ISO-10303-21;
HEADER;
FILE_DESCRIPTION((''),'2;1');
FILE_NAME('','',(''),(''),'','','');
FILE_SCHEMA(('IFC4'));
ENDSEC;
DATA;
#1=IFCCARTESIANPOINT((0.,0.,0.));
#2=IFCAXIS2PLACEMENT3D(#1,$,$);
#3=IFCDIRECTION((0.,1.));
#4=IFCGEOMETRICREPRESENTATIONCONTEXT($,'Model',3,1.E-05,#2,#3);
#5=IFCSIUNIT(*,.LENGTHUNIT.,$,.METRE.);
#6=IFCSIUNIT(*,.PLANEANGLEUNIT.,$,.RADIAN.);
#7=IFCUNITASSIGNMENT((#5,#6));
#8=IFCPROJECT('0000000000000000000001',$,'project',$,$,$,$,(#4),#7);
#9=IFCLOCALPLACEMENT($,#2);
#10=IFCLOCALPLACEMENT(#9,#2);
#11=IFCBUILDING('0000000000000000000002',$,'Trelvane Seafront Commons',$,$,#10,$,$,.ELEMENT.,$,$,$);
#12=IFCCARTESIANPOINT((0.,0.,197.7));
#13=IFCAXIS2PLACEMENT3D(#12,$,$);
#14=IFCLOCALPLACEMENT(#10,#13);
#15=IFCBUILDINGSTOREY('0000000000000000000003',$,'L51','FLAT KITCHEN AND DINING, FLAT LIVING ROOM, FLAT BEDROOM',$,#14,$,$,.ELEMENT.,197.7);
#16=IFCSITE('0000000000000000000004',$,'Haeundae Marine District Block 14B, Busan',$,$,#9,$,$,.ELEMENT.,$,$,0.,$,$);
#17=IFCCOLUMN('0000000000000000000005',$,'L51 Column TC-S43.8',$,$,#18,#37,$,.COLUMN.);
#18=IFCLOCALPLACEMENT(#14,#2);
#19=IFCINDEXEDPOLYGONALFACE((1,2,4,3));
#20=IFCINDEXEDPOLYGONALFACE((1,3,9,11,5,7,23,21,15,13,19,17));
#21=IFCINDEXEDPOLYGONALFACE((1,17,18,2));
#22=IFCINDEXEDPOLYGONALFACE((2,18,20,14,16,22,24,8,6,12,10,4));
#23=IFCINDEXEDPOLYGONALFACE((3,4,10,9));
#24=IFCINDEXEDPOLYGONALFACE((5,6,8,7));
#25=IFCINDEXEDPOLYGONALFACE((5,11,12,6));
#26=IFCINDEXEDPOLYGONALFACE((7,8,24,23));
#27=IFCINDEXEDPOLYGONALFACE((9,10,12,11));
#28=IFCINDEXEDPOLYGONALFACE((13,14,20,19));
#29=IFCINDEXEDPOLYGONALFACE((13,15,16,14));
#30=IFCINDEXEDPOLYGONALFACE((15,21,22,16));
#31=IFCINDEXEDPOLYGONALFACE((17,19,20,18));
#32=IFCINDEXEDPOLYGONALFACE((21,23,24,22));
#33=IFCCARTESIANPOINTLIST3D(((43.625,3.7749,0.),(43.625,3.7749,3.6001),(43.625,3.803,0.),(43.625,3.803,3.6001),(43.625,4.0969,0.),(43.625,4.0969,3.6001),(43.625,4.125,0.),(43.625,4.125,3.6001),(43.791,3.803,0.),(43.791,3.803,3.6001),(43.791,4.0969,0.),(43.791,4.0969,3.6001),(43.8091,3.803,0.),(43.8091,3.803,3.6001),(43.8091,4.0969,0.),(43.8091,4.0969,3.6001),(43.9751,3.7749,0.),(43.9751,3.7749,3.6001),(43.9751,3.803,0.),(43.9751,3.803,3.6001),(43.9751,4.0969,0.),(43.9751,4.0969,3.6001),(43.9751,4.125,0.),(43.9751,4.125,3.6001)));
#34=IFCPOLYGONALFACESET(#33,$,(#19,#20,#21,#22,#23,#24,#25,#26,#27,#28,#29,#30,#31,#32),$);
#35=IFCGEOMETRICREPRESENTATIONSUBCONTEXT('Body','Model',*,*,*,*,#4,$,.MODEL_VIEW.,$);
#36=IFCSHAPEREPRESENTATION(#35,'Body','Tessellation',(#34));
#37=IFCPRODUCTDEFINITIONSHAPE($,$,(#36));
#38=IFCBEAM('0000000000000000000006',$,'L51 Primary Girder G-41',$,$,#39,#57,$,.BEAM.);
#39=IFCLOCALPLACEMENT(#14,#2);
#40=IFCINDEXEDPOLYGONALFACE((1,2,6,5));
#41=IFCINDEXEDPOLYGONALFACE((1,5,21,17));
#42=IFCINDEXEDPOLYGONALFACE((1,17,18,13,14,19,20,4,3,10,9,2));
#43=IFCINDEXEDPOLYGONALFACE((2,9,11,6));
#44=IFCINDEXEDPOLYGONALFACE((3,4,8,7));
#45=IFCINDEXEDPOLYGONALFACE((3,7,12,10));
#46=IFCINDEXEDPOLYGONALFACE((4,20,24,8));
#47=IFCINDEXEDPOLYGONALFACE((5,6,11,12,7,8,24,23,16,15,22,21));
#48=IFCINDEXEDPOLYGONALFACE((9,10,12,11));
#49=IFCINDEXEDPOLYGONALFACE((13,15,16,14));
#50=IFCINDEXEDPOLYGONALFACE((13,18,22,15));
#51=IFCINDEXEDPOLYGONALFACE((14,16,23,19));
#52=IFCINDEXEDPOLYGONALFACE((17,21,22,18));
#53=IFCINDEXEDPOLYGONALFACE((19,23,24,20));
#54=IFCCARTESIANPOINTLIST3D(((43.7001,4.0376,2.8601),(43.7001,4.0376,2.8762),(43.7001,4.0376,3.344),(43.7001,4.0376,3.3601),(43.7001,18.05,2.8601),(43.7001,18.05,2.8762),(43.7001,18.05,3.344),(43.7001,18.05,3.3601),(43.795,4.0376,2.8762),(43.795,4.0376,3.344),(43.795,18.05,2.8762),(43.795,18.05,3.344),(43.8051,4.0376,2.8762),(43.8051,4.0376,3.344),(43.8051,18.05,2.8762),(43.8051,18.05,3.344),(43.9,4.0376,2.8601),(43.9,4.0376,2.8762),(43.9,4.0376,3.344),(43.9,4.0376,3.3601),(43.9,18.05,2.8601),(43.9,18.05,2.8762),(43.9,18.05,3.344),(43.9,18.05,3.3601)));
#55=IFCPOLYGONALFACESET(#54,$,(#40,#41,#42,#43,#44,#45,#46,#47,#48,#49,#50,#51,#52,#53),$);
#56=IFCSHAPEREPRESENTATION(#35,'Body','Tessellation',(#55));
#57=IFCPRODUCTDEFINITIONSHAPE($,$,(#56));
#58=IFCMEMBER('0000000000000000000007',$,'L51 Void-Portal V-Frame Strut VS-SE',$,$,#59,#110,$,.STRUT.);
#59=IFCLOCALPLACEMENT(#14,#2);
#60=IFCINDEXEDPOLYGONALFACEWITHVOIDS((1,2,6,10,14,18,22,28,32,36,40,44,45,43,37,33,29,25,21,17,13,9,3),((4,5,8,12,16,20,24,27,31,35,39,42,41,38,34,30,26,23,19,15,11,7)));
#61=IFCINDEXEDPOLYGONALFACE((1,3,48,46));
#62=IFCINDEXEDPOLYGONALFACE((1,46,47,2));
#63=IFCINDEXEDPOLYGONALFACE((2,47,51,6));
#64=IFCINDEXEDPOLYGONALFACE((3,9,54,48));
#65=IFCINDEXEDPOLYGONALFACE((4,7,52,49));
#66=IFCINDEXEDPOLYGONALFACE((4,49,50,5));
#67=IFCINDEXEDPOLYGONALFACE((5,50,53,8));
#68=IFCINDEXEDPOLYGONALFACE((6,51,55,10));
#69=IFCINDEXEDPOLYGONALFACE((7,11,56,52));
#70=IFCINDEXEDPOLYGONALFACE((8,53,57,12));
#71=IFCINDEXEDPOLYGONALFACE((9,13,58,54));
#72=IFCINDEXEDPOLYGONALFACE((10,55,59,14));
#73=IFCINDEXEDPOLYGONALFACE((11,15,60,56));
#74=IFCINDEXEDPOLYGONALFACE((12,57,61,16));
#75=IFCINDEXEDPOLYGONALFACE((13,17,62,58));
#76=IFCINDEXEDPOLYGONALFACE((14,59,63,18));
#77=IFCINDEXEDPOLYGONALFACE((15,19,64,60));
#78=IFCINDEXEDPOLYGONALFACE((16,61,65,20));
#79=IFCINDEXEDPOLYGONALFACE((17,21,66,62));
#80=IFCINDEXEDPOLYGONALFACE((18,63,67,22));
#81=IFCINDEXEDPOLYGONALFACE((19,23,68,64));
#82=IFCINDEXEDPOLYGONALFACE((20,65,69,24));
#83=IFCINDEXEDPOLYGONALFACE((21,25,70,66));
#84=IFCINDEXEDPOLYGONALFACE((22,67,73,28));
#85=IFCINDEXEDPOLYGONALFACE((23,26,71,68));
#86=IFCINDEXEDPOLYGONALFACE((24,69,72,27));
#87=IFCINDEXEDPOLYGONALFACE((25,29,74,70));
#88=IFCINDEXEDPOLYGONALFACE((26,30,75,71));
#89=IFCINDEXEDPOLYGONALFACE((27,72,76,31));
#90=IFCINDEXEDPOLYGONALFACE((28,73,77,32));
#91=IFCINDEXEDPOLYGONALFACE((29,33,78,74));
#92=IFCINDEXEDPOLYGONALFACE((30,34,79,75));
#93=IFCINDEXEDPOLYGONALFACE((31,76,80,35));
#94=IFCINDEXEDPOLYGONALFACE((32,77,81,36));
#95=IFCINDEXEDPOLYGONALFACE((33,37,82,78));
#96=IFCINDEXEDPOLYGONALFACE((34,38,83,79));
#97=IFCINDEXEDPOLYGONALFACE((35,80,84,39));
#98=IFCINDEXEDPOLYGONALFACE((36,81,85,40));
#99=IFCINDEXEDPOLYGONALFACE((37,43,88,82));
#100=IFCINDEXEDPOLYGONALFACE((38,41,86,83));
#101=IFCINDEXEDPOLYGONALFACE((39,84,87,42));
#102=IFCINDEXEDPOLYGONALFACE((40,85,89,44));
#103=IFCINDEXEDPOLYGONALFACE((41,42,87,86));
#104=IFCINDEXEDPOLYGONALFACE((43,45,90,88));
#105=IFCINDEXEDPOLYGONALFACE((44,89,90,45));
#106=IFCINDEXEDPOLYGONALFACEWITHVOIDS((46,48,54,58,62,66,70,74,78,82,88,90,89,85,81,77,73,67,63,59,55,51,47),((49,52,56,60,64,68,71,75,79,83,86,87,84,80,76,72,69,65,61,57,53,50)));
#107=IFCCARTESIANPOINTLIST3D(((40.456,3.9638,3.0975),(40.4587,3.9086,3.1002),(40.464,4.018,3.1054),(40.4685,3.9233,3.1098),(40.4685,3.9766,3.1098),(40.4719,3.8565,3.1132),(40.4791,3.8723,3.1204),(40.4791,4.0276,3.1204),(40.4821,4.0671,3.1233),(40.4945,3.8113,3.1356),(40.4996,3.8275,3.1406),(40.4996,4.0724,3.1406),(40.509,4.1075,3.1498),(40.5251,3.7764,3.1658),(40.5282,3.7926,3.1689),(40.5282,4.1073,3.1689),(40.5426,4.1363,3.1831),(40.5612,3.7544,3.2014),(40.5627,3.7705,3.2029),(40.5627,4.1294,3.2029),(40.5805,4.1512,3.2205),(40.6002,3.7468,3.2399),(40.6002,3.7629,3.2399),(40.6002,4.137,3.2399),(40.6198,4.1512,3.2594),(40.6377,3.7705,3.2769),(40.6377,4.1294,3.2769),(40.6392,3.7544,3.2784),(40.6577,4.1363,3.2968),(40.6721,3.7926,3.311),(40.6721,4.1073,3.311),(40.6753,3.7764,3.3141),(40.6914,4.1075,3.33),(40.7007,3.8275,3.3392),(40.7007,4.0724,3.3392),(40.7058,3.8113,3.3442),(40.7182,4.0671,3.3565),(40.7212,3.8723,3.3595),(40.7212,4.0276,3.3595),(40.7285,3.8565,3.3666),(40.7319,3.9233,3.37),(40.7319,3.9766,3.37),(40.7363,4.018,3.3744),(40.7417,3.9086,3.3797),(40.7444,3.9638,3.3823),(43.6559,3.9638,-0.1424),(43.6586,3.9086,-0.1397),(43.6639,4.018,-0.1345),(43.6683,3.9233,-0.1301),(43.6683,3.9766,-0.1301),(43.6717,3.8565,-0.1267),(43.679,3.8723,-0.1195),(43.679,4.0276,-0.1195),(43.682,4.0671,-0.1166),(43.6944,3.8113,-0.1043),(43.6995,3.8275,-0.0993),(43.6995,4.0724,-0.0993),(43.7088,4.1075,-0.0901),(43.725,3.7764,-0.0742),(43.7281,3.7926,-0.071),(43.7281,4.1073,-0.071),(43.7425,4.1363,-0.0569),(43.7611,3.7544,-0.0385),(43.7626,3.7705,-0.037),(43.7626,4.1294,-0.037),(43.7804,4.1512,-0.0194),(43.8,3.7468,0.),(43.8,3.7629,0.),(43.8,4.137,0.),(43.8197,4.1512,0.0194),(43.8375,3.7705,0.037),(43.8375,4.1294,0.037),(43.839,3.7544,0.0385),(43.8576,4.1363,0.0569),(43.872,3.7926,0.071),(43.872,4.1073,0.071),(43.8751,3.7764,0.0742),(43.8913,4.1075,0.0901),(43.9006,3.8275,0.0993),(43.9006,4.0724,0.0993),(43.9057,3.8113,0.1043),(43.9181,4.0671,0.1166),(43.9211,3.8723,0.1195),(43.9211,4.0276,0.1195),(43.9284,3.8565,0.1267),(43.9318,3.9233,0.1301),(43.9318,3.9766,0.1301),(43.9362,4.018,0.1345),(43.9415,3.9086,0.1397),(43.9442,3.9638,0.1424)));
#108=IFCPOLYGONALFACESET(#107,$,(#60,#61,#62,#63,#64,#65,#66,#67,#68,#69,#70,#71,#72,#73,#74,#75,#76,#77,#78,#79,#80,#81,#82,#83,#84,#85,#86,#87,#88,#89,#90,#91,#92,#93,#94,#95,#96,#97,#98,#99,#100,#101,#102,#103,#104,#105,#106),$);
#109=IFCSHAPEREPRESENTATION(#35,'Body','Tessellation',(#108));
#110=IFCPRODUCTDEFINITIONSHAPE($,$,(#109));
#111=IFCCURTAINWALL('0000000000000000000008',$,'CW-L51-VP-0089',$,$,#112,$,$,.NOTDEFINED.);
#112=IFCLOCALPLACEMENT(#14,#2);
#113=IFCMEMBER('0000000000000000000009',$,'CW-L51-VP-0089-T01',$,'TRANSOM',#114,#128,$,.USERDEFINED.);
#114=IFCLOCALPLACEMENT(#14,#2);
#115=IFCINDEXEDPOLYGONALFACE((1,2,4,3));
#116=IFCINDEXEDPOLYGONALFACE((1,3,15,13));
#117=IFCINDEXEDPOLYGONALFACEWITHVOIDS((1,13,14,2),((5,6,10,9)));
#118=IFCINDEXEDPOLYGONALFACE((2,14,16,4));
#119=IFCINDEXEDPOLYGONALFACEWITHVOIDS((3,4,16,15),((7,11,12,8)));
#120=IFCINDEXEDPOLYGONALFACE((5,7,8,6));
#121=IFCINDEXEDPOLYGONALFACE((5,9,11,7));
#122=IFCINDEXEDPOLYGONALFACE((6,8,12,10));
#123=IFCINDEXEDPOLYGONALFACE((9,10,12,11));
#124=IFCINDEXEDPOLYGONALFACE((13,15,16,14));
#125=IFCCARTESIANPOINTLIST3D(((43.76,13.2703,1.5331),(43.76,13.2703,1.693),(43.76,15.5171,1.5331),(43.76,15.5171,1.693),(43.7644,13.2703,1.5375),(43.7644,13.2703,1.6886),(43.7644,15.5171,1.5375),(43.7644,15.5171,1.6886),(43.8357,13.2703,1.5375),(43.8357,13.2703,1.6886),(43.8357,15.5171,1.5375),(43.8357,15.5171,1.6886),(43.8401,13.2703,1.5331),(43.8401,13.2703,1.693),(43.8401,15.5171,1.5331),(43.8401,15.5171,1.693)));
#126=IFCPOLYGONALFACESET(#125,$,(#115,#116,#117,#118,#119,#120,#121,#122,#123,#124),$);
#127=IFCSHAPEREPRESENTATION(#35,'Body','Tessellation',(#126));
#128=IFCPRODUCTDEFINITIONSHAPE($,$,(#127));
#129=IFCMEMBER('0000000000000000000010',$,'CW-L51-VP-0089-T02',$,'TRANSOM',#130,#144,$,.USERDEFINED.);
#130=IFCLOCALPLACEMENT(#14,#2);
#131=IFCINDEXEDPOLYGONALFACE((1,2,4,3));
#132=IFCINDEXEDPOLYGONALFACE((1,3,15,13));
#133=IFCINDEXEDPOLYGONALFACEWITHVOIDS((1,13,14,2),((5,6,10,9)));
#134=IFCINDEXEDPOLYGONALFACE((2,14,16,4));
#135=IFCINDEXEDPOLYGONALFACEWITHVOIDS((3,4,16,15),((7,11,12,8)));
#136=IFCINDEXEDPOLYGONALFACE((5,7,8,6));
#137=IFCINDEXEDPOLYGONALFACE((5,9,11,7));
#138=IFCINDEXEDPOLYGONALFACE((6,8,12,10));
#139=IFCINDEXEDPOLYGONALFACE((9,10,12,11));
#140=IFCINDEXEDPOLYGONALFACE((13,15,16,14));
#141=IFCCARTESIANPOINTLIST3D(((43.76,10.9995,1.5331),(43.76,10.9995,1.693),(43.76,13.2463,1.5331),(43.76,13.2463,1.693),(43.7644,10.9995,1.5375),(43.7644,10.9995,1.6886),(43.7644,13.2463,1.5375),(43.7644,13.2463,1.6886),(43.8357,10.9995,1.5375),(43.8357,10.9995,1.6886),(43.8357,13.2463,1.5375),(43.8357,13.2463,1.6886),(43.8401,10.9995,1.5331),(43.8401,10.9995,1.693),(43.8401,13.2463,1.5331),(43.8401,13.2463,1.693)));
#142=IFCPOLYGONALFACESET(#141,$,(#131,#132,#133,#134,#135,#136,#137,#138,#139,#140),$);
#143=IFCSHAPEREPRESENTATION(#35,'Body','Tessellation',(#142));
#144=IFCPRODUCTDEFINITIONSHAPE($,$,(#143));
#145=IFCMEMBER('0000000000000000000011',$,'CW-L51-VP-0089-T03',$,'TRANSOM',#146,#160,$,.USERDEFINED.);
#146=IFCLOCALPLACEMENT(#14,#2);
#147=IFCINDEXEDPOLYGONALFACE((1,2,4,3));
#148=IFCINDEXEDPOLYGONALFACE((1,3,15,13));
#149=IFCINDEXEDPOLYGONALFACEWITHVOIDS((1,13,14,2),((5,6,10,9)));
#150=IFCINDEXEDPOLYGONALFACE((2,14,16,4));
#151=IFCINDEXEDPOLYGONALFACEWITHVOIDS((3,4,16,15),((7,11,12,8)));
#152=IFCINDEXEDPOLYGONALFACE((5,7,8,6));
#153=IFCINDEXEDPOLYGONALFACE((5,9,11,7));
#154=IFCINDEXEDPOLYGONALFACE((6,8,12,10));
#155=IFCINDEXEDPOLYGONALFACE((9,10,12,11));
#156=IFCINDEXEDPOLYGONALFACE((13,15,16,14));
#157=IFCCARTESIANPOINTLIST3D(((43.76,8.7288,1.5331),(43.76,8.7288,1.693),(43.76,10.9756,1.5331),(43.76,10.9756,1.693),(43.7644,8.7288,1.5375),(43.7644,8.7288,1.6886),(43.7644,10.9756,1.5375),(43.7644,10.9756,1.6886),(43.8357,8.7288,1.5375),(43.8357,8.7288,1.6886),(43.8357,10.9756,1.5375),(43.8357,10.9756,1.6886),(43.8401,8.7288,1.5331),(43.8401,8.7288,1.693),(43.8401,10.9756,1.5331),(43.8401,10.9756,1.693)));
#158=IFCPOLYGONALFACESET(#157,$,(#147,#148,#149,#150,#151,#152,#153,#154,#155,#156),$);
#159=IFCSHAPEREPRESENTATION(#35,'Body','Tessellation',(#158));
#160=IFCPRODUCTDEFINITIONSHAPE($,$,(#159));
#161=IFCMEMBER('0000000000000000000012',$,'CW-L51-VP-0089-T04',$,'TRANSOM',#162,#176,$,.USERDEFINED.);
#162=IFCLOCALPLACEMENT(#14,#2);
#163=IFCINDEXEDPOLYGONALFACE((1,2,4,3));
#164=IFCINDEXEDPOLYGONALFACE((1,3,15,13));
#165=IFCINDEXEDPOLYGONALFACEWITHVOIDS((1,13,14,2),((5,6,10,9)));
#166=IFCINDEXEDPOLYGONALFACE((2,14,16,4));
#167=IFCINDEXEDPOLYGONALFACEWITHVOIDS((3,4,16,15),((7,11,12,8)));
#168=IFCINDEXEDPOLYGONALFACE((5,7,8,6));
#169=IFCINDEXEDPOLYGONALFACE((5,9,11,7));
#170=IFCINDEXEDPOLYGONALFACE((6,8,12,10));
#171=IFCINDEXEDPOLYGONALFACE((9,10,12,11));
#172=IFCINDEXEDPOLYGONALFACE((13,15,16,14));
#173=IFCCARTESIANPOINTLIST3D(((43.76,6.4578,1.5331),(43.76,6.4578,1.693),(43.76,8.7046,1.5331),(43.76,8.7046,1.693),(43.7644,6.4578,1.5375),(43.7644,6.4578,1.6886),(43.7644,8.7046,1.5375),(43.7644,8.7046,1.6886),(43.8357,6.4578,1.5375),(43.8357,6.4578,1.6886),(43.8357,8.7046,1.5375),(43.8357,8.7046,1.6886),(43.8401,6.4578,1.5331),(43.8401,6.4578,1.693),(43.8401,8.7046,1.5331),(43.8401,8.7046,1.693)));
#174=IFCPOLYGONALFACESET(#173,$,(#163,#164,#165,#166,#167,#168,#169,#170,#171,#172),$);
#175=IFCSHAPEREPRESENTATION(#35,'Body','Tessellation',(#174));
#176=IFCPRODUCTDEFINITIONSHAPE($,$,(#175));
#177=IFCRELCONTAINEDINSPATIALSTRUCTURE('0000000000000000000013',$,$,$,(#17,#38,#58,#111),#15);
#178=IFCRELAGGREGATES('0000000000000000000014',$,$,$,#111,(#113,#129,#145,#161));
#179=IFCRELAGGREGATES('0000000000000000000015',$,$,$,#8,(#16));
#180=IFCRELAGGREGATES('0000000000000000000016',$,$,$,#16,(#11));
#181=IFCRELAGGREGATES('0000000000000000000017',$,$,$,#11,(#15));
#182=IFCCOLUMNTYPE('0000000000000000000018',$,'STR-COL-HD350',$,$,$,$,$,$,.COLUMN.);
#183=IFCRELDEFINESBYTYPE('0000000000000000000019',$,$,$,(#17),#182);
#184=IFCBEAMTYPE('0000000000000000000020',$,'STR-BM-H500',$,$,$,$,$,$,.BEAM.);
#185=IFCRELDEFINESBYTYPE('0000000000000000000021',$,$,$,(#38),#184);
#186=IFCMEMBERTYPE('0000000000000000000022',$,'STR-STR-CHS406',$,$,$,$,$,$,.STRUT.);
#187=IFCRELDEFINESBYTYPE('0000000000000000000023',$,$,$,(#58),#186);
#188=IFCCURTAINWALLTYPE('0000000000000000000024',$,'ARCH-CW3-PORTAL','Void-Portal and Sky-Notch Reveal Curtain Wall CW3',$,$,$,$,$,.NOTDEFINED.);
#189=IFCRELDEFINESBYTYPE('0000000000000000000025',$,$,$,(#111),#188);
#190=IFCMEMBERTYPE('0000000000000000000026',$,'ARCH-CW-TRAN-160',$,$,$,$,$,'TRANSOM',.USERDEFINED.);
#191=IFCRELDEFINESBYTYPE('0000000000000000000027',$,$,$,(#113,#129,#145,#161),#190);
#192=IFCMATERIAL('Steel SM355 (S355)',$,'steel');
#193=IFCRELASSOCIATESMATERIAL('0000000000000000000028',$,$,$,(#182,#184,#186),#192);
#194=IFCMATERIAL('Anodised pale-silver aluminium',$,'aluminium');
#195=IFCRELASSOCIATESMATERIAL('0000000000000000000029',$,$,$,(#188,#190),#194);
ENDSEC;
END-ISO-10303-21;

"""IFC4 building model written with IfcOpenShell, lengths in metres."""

from ifc_helpers import new_model, si_unit, direction, frame, origin, origin_2d, place, context, subcontext, project, spatial, hollow_rectangle, hollow_circle, i_section, extrude, source, transform, mapped, material, material_profile, profile_set, type_object, element, aggregate, save


model = new_model("IFC4")

# Units and contexts
model_context = context("Model", 3, precision=1e-05, world=origin(), true_north=direction((0.0, 1.0)))
body_context = subcontext(model_context, "Body", "Model", "MODEL_VIEW")
ifc_project = project(units=[si_unit("LENGTHUNIT", "METRE"), si_unit("PLANEANGLEUNIT", "RADIAN")], contexts=[model_context])

# Site, building, storey
site_placement = place(None, origin())
site = spatial("IfcSite", under=ifc_project, at=site_placement, Name="Haeundae Marine District Block 14B, Busan", CompositionType="ELEMENT", RefElevation=0.0)
building_placement = place(site_placement, origin())
building = spatial("IfcBuilding", under=site, at=building_placement, Name="Trelvane Seafront Commons", CompositionType="ELEMENT")
storey_placement = place(building_placement, frame((0.0, 0.0, 197.7)))
storey = spatial("IfcBuildingStorey", under=building, at=storey_placement, Name="L51", Description="FLAT KITCHEN AND DINING, FLAT LIVING ROOM, FLAT BEDROOM", CompositionType="ELEMENT", Elevation=197.7)

# Column
ifc_material_1 = material(Name="Steel SM355 (S355)", Category="steel")
ifc_material_profile_1 = material_profile(ifc_material_1, i_section(OverallWidth=0.3501, OverallDepth=0.3501, WebThickness=0.0181, FlangeThickness=0.0281, at=origin_2d()), Name="HD-350x350x18x28")
ifc_profile_set_1 = profile_set([ifc_material_profile_1], Name="Steel SM355 (S355)")
column_type = type_object("IfcColumnType", Name="STR-COL-HD350", PredefinedType="COLUMN", material=ifc_profile_set_1)
shared_shape_1 = source(origin(), body_context, "Body", "SweptSolid", [
    extrude(i_section(OverallWidth=0.3501, OverallDepth=0.3501, WebThickness=0.0181, FlangeThickness=0.0281, at=origin_2d()), origin(), (0.0, 0.0, 1.0), 3.6001),
])
column_placement = place(storey_placement, frame((43.8, 3.95, 0.0), z_axis=(0.0, 0.0, 1.0), x_axis=(1.0, 0.0, 0.0)))
element("IfcColumn", 1, at=column_placement, inside=storey, type_object=column_type, Name="L51 Column TC-S43.8", PredefinedType="COLUMN", context=body_context, shape_type="MappedRepresentation", body=[
    mapped(shared_shape_1, transform((0.0, 0.0, 0.0), x_axis=(1.0, 0.0, 0.0), y_axis=(0.0, 1.0, 0.0), z_axis=(0.0, 0.0, 1.0), scale=1.0)),
])

# Beam
ifc_material_profile_2 = material_profile(ifc_material_1, i_section(OverallWidth=0.2, OverallDepth=0.5, WebThickness=0.01, FlangeThickness=0.0161, at=origin_2d()), Name="H-500x200x10x16")
ifc_profile_set_2 = profile_set([ifc_material_profile_2], Name="Steel SM355 (S355)")
beam_type = type_object("IfcBeamType", Name="STR-BM-H500", PredefinedType="BEAM", material=ifc_profile_set_2)
shared_shape_2 = source(origin(), body_context, "Body", "SweptSolid", [
    extrude(i_section(OverallWidth=0.2, OverallDepth=0.5, WebThickness=0.01, FlangeThickness=0.0161, at=origin_2d()), origin(), (0.0, 0.0, 1.0), 14.0125),
])
beam_placement = place(storey_placement, frame((43.8, 4.0376, 3.1101), z_axis=(0.0, 1.0, 0.0), x_axis=(-1.0, 0.0, 0.0)))
element("IfcBeam", 2, at=beam_placement, inside=storey, type_object=beam_type, Name="L51 Primary Girder G-41", PredefinedType="BEAM", context=body_context, shape_type="MappedRepresentation", body=[
    mapped(shared_shape_2, transform((0.0, 0.0, 0.0), x_axis=(1.0, 0.0, 0.0), y_axis=(0.0, 1.0, 0.0), z_axis=(0.0, 0.0, 1.0), scale=1.0)),
])

# Member
ifc_material_profile_3 = material_profile(ifc_material_1, hollow_circle(Radius=0.2031, WallThickness=0.0161, at=origin_2d()), Name="CHS-406.4x16")
ifc_profile_set_3 = profile_set([ifc_material_profile_3], Name="Steel SM355 (S355)")
member_type_1 = type_object("IfcMemberType", Name="STR-STR-CHS406", PredefinedType="STRUT", material=ifc_profile_set_3)
shared_shape_3 = source(origin(), body_context, "Body", "SweptSolid", [
    extrude(hollow_circle(Radius=0.2031, WallThickness=0.0161, at=origin_2d()), origin(), (0.0, 0.0, 1.0), 4.5537),
])
member_1_placement = place(storey_placement, frame((43.8, 3.95, 0.0), z_axis=(-0.702697, 0.0, 0.711489), x_axis=(0.0, -1.0, 0.0)))
element("IfcMember", 3, at=member_1_placement, inside=storey, type_object=member_type_1, Name="L51 Void-Portal V-Frame Strut VS-SE", PredefinedType="STRUT", context=body_context, shape_type="MappedRepresentation", body=[
    mapped(shared_shape_3, transform((0.0, 0.0, 0.0), x_axis=(1.0, 0.0, 0.0), y_axis=(0.0, 1.0, 0.0), z_axis=(0.0, 0.0, 1.0), scale=1.0)),
])

# Curtain wall, members
ifc_material_2 = material(Name="Anodised pale-silver aluminium", Category="aluminium")
curtain_wall_type = type_object("IfcCurtainWallType", Name="ARCH-CW3-PORTAL", Description="Void-Portal and Sky-Notch Reveal Curtain Wall CW3", PredefinedType="NOTDEFINED", material=ifc_material_2)
curtain_wall_placement = place(storey_placement, origin())
curtain_wall = element("IfcCurtainWall", 4, at=curtain_wall_placement, inside=storey, type_object=curtain_wall_type, Name="CW-L51-VP-0089", PredefinedType="NOTDEFINED")
ifc_material_profile_4 = material_profile(ifc_material_2, hollow_rectangle(XDim=0.0801, YDim=0.1599, WallThickness=0.0044, at=origin_2d()), Name="TRAN-80x160x4.5")
ifc_profile_set_4 = profile_set([ifc_material_profile_4], Name="Anodised pale-silver aluminium")
member_type_2 = type_object("IfcMemberType", Name="ARCH-CW-TRAN-160", ElementType="TRANSOM", PredefinedType="USERDEFINED", material=ifc_profile_set_4)
shared_shape_4 = source(origin(), body_context, "Body", "SweptSolid", [
    extrude(hollow_rectangle(XDim=0.0801, YDim=0.1599, WallThickness=0.0044, at=origin_2d()), origin(), (0.0, 0.0, 1.0), 2.2468),
])
member_2_placement = place(storey_placement, frame((43.8, 15.5171, 1.613), z_axis=(0.0, -1.0, 0.0), x_axis=(1.0, 0.0, 0.0)))
member_2 = element("IfcMember", 5, at=member_2_placement, type_object=member_type_2, Name="CW-L51-VP-0089-T01", ObjectType="TRANSOM", PredefinedType="USERDEFINED", context=body_context, shape_type="MappedRepresentation", body=[
    mapped(shared_shape_4, transform((0.0, 0.0, 0.0), x_axis=(1.0, 0.0, 0.0), y_axis=(0.0, 1.0, 0.0), z_axis=(0.0, 0.0, 1.0), scale=1.0)),
])
member_3_placement = place(storey_placement, frame((43.8, 13.2463, 1.613), z_axis=(0.0, -1.0, 0.0), x_axis=(1.0, 0.0, 0.0)))
member_3 = element("IfcMember", 6, at=member_3_placement, type_object=member_type_2, Name="CW-L51-VP-0089-T02", ObjectType="TRANSOM", PredefinedType="USERDEFINED", context=body_context, shape_type="MappedRepresentation", body=[
    mapped(shared_shape_4, transform((0.0, 0.0, 0.0), x_axis=(1.0, 0.0, 0.0), y_axis=(0.0, 1.0, 0.0), z_axis=(0.0, 0.0, 1.0), scale=1.0)),
])
member_4_placement = place(storey_placement, frame((43.8, 10.9756, 1.613), z_axis=(0.0, -1.0, 0.0), x_axis=(1.0, 0.0, 0.0)))
member_4 = element("IfcMember", 7, at=member_4_placement, type_object=member_type_2, Name="CW-L51-VP-0089-T03", ObjectType="TRANSOM", PredefinedType="USERDEFINED", context=body_context, shape_type="MappedRepresentation", body=[
    mapped(shared_shape_4, transform((0.0, 0.0, 0.0), x_axis=(1.0, 0.0, 0.0), y_axis=(0.0, 1.0, 0.0), z_axis=(0.0, 0.0, 1.0), scale=1.0)),
])
member_5_placement = place(storey_placement, frame((43.8, 8.7046, 1.613), z_axis=(0.0, -1.0, 0.0), x_axis=(1.0, 0.0, 0.0)))
member_5 = element("IfcMember", 8, at=member_5_placement, type_object=member_type_2, Name="CW-L51-VP-0089-T04", ObjectType="TRANSOM", PredefinedType="USERDEFINED", context=body_context, shape_type="MappedRepresentation", body=[
    mapped(shared_shape_4, transform((0.0, 0.0, 0.0), x_axis=(1.0, 0.0, 0.0), y_axis=(0.0, 1.0, 0.0), z_axis=(0.0, 0.0, 1.0), scale=1.0)),
])

aggregate(curtain_wall, [member_2, member_3, member_4, member_5])

save(model, "model.ifc")
